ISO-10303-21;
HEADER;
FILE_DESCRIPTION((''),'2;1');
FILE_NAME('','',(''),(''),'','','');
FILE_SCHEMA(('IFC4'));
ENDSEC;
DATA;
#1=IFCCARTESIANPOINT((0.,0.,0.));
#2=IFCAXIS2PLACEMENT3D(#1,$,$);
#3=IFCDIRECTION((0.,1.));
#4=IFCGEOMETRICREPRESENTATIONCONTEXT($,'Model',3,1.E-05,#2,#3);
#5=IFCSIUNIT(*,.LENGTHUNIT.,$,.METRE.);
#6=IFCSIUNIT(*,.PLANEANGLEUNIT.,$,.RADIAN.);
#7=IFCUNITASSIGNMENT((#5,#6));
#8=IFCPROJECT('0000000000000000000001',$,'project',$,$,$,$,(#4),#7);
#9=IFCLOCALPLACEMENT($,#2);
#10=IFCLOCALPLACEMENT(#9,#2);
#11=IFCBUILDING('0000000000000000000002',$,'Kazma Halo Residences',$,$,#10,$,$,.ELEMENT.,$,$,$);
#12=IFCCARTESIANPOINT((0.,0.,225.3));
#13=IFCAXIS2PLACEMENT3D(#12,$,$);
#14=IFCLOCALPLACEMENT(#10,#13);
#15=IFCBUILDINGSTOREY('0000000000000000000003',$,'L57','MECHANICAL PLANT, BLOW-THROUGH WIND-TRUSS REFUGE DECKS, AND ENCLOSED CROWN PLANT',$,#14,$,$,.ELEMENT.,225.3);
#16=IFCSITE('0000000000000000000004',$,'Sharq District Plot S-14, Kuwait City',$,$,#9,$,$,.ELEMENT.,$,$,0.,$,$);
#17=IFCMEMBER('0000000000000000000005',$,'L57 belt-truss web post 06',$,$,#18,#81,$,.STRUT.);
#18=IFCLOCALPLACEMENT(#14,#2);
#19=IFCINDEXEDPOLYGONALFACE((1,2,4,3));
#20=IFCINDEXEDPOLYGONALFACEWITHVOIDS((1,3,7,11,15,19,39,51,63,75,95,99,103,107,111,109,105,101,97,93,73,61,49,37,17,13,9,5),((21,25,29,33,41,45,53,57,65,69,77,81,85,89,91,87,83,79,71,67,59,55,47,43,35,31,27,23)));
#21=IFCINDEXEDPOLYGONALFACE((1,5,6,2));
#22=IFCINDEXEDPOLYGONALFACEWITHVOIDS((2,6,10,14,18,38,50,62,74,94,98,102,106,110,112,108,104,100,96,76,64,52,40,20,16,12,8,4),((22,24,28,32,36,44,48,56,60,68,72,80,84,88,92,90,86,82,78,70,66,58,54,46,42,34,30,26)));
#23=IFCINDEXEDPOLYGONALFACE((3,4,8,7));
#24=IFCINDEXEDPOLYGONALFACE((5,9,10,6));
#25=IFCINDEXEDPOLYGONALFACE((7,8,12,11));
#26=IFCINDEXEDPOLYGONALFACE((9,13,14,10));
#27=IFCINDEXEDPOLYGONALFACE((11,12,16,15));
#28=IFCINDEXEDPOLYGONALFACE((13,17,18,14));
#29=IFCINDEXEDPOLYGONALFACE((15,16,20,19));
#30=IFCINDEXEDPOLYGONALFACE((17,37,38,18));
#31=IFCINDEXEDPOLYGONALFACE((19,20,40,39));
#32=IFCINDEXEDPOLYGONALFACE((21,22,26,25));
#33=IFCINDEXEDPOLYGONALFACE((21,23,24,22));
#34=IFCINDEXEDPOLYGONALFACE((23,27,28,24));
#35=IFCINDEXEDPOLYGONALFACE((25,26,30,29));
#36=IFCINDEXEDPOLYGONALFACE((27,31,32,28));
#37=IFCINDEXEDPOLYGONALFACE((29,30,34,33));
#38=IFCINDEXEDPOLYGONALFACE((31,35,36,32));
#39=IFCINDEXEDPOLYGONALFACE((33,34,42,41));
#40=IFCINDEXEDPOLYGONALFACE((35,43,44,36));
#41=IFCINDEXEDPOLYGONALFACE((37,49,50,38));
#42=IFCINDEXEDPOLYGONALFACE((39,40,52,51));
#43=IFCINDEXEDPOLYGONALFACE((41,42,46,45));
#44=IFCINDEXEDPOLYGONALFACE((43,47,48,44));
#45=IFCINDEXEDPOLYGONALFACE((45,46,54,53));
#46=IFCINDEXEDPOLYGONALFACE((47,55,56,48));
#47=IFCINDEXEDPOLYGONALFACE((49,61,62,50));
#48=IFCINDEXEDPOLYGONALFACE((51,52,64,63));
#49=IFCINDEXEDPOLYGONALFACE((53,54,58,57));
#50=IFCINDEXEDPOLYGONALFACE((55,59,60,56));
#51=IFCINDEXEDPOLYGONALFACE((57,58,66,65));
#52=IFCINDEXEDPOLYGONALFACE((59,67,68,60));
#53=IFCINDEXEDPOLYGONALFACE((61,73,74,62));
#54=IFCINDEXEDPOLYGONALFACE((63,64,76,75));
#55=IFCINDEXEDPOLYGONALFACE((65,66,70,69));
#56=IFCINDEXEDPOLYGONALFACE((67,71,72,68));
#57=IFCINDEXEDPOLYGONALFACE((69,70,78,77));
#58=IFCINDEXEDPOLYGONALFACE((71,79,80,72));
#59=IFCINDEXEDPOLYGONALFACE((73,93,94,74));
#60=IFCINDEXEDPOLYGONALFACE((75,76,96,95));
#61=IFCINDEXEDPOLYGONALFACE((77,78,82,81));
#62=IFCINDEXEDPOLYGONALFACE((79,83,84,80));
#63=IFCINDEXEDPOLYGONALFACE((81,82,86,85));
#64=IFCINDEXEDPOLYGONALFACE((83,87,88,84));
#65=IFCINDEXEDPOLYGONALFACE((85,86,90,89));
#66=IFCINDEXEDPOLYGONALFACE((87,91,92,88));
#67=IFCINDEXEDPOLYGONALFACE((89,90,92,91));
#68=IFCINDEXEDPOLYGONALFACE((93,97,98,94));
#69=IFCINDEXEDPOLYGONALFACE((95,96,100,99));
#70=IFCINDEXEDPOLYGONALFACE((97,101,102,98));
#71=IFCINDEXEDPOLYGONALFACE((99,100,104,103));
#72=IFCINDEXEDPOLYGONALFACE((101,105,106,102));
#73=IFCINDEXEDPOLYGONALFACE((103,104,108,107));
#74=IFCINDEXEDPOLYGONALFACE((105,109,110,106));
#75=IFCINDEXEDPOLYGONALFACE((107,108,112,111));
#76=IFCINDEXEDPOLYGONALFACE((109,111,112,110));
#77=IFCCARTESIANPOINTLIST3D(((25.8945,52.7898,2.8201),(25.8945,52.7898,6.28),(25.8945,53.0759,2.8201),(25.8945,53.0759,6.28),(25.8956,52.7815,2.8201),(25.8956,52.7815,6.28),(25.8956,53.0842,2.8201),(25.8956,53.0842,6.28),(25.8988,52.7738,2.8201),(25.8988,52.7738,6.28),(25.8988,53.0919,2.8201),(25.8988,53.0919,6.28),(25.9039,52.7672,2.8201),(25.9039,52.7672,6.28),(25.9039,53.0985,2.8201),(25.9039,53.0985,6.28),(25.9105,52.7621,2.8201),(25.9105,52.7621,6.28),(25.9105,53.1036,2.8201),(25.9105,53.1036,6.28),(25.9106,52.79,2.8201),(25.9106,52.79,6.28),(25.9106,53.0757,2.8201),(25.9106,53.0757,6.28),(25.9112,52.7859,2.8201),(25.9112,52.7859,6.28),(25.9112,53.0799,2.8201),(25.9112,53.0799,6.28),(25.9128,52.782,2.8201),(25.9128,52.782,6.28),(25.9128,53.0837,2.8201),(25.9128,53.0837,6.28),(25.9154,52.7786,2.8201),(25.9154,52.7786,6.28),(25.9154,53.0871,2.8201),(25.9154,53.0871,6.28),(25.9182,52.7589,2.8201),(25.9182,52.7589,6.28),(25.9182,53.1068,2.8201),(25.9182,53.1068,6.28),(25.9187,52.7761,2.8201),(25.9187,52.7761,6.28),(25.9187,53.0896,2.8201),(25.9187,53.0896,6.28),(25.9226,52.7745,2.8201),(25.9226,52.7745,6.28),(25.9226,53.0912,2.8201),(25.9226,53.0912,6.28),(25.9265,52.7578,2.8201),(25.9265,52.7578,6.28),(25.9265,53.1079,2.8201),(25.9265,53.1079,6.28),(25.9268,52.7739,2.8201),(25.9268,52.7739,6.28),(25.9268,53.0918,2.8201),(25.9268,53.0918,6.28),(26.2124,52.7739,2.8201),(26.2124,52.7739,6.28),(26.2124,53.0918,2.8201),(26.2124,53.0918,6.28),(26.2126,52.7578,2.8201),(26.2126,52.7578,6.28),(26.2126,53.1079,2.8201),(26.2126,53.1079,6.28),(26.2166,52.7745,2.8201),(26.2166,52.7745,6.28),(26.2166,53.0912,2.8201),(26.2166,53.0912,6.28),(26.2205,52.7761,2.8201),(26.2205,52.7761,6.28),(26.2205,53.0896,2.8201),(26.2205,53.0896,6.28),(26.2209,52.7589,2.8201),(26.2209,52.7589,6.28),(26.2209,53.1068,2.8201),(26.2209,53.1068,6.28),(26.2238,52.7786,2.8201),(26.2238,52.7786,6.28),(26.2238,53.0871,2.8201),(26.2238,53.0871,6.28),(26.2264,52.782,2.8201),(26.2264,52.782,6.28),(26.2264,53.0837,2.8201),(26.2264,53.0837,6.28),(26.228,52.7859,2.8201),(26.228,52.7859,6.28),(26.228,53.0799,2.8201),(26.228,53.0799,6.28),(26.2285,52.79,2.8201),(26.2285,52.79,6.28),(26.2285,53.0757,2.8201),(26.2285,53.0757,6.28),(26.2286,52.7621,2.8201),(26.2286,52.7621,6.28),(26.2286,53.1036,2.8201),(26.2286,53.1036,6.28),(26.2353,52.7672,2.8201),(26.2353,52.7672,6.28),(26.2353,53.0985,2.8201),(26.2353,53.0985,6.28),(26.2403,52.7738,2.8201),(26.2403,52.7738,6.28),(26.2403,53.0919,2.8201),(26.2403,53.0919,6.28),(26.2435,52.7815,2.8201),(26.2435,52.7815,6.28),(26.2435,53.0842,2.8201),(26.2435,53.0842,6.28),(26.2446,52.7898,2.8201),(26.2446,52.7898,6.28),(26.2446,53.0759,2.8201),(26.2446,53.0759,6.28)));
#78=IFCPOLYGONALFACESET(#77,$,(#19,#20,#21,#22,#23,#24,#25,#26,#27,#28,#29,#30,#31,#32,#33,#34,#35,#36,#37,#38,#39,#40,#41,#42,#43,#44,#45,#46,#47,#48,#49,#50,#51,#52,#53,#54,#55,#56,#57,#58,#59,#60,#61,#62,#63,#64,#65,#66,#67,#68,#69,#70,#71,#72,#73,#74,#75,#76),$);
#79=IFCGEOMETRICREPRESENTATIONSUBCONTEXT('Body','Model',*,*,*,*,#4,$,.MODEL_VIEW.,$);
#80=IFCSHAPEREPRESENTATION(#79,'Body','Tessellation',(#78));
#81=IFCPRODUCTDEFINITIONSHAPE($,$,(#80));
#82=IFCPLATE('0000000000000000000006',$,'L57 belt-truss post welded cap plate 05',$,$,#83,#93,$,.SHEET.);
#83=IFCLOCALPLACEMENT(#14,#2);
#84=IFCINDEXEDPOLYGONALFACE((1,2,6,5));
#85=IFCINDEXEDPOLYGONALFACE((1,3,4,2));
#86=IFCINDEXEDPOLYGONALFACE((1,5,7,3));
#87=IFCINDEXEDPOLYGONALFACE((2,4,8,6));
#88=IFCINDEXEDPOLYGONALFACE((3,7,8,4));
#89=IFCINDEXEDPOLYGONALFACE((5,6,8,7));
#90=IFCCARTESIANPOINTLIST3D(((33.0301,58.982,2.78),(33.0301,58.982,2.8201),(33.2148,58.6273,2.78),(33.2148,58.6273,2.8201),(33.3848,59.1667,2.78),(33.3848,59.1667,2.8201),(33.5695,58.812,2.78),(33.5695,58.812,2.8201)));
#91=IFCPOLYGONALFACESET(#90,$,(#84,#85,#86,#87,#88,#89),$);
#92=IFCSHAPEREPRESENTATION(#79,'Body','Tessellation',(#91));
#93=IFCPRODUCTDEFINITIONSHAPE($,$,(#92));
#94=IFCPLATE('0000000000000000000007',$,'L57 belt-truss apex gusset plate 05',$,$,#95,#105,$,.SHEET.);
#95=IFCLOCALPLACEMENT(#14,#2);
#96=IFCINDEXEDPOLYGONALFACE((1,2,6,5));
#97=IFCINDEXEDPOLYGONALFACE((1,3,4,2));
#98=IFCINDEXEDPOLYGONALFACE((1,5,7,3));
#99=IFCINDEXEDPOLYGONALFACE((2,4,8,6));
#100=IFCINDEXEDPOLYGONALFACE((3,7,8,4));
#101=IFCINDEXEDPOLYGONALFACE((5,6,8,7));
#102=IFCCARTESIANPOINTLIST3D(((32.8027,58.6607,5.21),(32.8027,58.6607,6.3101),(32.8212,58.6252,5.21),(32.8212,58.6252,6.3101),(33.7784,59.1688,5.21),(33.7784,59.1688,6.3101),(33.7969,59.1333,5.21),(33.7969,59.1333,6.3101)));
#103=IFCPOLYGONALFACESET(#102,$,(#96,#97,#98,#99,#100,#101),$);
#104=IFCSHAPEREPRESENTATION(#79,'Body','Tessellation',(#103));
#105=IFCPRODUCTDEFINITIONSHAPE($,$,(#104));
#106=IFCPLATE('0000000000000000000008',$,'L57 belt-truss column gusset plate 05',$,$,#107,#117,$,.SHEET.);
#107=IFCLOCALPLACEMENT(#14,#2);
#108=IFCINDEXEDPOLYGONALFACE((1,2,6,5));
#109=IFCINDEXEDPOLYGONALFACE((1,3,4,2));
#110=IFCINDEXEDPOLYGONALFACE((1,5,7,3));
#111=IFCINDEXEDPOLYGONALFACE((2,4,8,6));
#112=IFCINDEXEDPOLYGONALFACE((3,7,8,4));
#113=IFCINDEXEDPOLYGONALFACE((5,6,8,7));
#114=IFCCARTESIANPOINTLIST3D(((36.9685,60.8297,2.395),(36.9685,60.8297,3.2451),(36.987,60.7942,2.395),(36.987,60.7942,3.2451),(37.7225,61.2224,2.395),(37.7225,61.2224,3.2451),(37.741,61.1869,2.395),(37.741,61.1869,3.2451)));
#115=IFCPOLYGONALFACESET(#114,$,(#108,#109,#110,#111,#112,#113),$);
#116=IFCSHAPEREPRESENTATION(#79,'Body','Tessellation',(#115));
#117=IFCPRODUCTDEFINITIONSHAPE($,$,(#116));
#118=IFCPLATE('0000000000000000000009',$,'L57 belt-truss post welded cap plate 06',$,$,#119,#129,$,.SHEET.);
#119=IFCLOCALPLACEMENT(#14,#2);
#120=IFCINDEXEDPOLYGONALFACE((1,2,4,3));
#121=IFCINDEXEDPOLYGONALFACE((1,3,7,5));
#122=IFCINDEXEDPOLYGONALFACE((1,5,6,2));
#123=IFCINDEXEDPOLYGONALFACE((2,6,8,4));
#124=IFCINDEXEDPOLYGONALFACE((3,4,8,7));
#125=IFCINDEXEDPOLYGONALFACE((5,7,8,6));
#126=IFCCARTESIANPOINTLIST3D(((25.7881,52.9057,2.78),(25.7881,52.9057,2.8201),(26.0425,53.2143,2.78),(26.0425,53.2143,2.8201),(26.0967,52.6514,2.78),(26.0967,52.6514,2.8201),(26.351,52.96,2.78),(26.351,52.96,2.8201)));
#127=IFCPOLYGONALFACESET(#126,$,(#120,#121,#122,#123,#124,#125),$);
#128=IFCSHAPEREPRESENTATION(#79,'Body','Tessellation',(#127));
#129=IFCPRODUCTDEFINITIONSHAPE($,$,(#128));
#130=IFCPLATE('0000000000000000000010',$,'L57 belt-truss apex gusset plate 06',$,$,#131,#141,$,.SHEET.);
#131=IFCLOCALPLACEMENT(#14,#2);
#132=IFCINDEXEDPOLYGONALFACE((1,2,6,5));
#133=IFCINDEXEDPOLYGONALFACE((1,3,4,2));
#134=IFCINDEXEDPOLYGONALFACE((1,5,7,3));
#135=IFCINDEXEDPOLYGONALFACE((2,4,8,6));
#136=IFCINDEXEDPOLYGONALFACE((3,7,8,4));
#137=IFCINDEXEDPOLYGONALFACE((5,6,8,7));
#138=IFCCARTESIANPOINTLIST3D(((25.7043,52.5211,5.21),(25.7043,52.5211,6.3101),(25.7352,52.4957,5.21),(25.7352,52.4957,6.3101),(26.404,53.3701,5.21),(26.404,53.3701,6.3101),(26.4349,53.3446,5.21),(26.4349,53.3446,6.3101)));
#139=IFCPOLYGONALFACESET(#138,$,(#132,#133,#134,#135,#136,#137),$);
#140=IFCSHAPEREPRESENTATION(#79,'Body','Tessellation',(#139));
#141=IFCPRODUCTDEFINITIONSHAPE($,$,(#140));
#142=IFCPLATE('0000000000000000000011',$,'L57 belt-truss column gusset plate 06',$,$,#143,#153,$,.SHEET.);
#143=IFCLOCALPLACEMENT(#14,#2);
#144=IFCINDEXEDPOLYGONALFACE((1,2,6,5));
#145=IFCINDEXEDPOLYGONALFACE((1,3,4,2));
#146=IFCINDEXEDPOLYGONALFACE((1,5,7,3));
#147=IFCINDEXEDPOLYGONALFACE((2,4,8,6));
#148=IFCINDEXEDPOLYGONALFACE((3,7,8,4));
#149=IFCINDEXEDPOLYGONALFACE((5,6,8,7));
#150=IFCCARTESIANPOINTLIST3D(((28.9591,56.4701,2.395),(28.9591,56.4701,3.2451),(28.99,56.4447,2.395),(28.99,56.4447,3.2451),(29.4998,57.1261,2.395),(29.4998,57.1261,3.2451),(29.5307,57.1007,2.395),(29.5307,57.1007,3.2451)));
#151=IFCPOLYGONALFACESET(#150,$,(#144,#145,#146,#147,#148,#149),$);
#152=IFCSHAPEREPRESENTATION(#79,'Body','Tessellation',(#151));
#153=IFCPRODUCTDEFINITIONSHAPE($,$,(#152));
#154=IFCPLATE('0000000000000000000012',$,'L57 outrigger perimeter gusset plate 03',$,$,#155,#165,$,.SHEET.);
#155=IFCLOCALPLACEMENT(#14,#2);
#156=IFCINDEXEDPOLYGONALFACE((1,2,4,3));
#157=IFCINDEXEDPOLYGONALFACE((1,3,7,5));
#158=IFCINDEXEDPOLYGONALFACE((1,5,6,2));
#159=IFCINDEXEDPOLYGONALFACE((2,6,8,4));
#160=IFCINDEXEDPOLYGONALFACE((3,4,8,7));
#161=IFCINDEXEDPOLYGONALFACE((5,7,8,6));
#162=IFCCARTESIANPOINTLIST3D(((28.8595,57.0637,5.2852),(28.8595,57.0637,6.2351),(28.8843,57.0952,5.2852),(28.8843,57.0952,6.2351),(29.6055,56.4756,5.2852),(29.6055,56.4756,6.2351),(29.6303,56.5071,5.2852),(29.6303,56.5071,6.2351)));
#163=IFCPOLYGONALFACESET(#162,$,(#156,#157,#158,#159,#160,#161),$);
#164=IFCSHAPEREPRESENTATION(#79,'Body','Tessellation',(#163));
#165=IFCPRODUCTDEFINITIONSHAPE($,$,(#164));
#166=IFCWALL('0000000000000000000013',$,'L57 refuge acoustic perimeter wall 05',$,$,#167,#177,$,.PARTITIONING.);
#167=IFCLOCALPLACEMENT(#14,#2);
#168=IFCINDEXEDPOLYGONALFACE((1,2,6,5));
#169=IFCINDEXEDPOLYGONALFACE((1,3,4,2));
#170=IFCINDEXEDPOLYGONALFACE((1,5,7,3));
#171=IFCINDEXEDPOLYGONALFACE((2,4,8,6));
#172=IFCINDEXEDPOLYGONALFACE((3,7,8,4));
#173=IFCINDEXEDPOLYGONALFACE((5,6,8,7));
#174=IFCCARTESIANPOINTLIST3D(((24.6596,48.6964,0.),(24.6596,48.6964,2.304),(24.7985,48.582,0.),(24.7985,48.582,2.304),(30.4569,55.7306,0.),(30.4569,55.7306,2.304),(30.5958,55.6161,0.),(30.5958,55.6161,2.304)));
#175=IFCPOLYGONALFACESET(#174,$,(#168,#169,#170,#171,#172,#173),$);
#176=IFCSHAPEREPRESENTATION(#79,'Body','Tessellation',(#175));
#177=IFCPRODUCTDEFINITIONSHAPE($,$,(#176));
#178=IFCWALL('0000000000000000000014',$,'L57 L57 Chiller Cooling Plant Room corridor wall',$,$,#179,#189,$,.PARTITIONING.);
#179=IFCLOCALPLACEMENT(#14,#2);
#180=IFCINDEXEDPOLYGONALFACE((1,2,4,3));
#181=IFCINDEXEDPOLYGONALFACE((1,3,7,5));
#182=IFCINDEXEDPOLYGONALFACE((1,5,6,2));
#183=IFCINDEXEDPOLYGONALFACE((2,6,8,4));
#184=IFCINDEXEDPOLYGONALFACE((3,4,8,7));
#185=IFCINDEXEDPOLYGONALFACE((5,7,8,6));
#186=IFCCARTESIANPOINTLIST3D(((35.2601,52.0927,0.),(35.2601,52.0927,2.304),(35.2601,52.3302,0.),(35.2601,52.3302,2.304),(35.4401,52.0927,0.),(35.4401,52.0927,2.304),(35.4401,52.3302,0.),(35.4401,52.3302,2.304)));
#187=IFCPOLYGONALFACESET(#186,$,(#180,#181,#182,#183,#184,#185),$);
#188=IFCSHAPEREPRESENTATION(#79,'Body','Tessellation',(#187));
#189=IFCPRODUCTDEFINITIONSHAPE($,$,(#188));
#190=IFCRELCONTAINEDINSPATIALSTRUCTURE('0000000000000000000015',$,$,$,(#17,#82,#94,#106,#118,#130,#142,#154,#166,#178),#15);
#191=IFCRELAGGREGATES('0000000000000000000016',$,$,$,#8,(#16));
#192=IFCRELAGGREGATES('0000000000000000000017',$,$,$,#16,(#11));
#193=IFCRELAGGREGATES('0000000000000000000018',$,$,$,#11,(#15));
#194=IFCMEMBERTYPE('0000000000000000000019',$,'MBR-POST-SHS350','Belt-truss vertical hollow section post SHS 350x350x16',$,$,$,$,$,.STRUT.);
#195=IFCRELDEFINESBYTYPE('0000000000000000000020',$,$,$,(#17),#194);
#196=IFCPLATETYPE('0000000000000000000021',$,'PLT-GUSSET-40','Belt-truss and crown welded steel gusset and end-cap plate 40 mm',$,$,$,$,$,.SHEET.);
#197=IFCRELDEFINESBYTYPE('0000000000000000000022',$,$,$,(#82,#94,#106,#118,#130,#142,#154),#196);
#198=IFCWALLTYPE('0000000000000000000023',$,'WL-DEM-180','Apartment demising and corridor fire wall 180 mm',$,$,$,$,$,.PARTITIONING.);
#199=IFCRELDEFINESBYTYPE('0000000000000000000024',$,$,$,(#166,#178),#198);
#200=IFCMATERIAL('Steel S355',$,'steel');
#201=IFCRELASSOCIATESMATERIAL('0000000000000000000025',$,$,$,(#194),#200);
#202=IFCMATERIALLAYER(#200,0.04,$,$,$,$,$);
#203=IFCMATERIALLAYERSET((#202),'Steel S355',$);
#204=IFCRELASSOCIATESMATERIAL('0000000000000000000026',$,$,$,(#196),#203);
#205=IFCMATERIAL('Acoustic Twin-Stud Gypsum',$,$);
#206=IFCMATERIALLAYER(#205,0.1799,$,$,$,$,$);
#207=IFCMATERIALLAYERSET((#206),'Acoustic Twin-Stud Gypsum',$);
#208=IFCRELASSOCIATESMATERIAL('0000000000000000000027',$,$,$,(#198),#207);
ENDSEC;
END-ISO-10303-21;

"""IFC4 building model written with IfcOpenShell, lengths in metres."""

from ifc_helpers import new_model, si_unit, direction, frame, frame_2d, origin, origin_2d, place, context, subcontext, project, spatial, rectangle, hollow_rectangle, extrude, material, layer, layer_set, material_profile, profile_set, type_object, element, save


model = new_model("IFC4")

# Units and contexts
model_context = context("Model", 3, precision=1e-05, world=origin(), true_north=direction((0.0, 1.0)))
body_context = subcontext(model_context, "Body", "Model", "MODEL_VIEW")
ifc_project = project(units=[si_unit("LENGTHUNIT", "METRE"), si_unit("PLANEANGLEUNIT", "RADIAN")], contexts=[model_context])

# Site, building, storey
site_placement = place(None, origin())
site = spatial("IfcSite", under=ifc_project, at=site_placement, Name="Sharq District Plot S-14, Kuwait City", CompositionType="ELEMENT", RefElevation=0.0)
building_placement = place(site_placement, origin())
building = spatial("IfcBuilding", under=site, at=building_placement, Name="Kazma Halo Residences", CompositionType="ELEMENT")
storey_placement = place(building_placement, frame((0.0, 0.0, 225.3)))
storey = spatial("IfcBuildingStorey", under=building, at=storey_placement, Name="L57", Description="MECHANICAL PLANT, BLOW-THROUGH WIND-TRUSS REFUGE DECKS, AND ENCLOSED CROWN PLANT", CompositionType="ELEMENT", Elevation=225.3)

# Shared definitions
ifc_material_1 = material(Name="Steel S355", Category="steel")

# Member
ifc_material_profile_1 = material_profile(ifc_material_1, hollow_rectangle(XDim=0.3501, YDim=0.3501, WallThickness=0.0161, InnerFilletRadius=0.0161, OuterFilletRadius=0.032, at=origin_2d()), Name="SHS350x350x16")
ifc_profile_set_1 = profile_set([ifc_material_profile_1], Name="Steel S355")
member_type_1 = type_object("IfcMemberType", Name="MBR-POST-SHS350", Description="Belt-truss vertical hollow section post SHS 350x350x16", PredefinedType="STRUT", material=ifc_profile_set_1)
for number, where, z_axis, x_axis, name in (
    (1, (26.0696, 52.9329, 2.8201), (0.0, 0.0, 1.0), (1.0, 0.0, 0.0), "L57 belt-truss web post 06"),
):
    element("IfcMember", number, at=place(storey_placement, frame(where, z_axis=z_axis, x_axis=x_axis)), inside=storey, type_object=member_type_1, Name=name, PredefinedType="STRUT", context=body_context, shape_type="SweptSolid", body=[
        extrude(hollow_rectangle(XDim=0.3501, YDim=0.3501, WallThickness=0.0161, InnerFilletRadius=0.0161, OuterFilletRadius=0.032, at=origin_2d()), origin(), (0.0, 0.0, 1.0), 3.46),
    ])

# Plates
ifc_layer_1 = layer(ifc_material_1, 0.04)
ifc_layer_set_1 = layer_set([ifc_layer_1], Name="Steel S355")
plate_type = type_object("IfcPlateType", Name="PLT-GUSSET-40", Description="Belt-truss and crown welded steel gusset and end-cap plate 40 mm", PredefinedType="SHEET", material=ifc_layer_set_1)
plate_1_placement = place(storey_placement, frame((33.2998, 58.897, 2.78), z_axis=(0.0, 0.0, 1.0), x_axis=(-0.88695, -0.461865, 0.0)))
element("IfcPlate", 2, at=plate_1_placement, inside=storey, type_object=plate_type, Name="L57 belt-truss post welded cap plate 05", PredefinedType="SHEET", context=body_context, shape_type="SweptSolid", body=[
    extrude(rectangle(XDim=0.3999, YDim=0.3999, at=origin_2d()), origin(), (0.0, 0.0, 1.0), 0.04),
])
plate_2_placement = place(storey_placement, frame((33.2998, 58.897, 5.21), z_axis=(0.0, 0.0, 1.0), x_axis=(-0.88695, -0.461865, 0.0)))
element("IfcPlate", 3, at=plate_2_placement, inside=storey, type_object=plate_type, Name="L57 belt-truss apex gusset plate 05", PredefinedType="SHEET", context=body_context, shape_type="SweptSolid", body=[
    extrude(rectangle(XDim=1.1001, YDim=0.04, at=origin_2d()), origin(), (0.0, 0.0, 1.0), 1.1001),
])
plate_3_placement = place(storey_placement, frame((37.3547, 61.0083, 2.395), z_axis=(0.0, 0.0, 1.0), x_axis=(-0.88695, -0.461865, 0.0)))
element("IfcPlate", 4, at=plate_3_placement, inside=storey, type_object=plate_type, Name="L57 belt-truss column gusset plate 05", PredefinedType="SHEET", context=body_context, shape_type="SweptSolid", body=[
    extrude(rectangle(XDim=0.8501, YDim=0.04, at=origin_2d()), origin(), (0.0, 0.0, 1.0), 0.8501),
])
plate_4_placement = place(storey_placement, frame((26.0696, 52.9329, 2.78), z_axis=(0.0, 0.0, 1.0), x_axis=(-0.636011, -0.77168, 0.0)))
element("IfcPlate", 5, at=plate_4_placement, inside=storey, type_object=plate_type, Name="L57 belt-truss post welded cap plate 06", PredefinedType="SHEET", context=body_context, shape_type="SweptSolid", body=[
    extrude(rectangle(XDim=0.3999, YDim=0.3999, at=origin_2d()), origin(), (0.0, 0.0, 1.0), 0.04),
])
plate_5_placement = place(storey_placement, frame((26.0696, 52.9329, 5.21), z_axis=(0.0, 0.0, 1.0), x_axis=(-0.636011, -0.77168, 0.0)))
element("IfcPlate", 6, at=plate_5_placement, inside=storey, type_object=plate_type, Name="L57 belt-truss apex gusset plate 06", PredefinedType="SHEET", context=body_context, shape_type="SweptSolid", body=[
    extrude(rectangle(XDim=1.1001, YDim=0.04, at=origin_2d()), origin(), (0.0, 0.0, 1.0), 1.1001),
])
plate_6_placement = place(storey_placement, frame((29.2449, 56.7854, 2.395), z_axis=(0.0, 0.0, 1.0), x_axis=(-0.636011, -0.77168, 0.0)))
element("IfcPlate", 7, at=plate_6_placement, inside=storey, type_object=plate_type, Name="L57 belt-truss column gusset plate 06", PredefinedType="SHEET", context=body_context, shape_type="SweptSolid", body=[
    extrude(rectangle(XDim=0.8501, YDim=0.04, at=origin_2d()), origin(), (0.0, 0.0, 1.0), 0.8501),
])
plate_7_placement = place(storey_placement, frame((29.2449, 56.7854, 5.2852), z_axis=(0.0, 0.0, 1.0), x_axis=(-0.785316, 0.619095, 0.0)))
element("IfcPlate", 8, at=plate_7_placement, inside=storey, type_object=plate_type, Name="L57 outrigger perimeter gusset plate 03", PredefinedType="SHEET", context=body_context, shape_type="SweptSolid", body=[
    extrude(rectangle(XDim=0.95, YDim=0.04, at=origin_2d()), origin(), (0.0, 0.0, 1.0), 0.95),
])

# Walls
ifc_material_2 = material(Name="Acoustic Twin-Stud Gypsum")
ifc_layer_2 = layer(ifc_material_2, 0.1799)
ifc_layer_set_2 = layer_set([ifc_layer_2], Name="Acoustic Twin-Stud Gypsum")
wall_type = type_object("IfcWallType", Name="WL-DEM-180", Description="Apartment demising and corridor fire wall 180 mm", PredefinedType="PARTITIONING", material=ifc_layer_set_2)
wall_1_placement = place(storey_placement, frame((30.5264, 55.6733, 0.0), z_axis=(0.0, 0.0, 1.0), x_axis=(-0.636002, -0.771687, 0.0)))
element("IfcWall", 9, at=wall_1_placement, inside=storey, type_object=wall_type, Name="L57 refuge acoustic perimeter wall 05", PredefinedType="PARTITIONING", context=body_context, shape_type="SweptSolid", body=[
    extrude(rectangle(XDim=9.1152, YDim=0.1799, at=frame_2d((4.5576, 0.0))), origin(), (0.0, 0.0, 1.0), 2.304),
])
wall_2_placement = place(storey_placement, frame((35.3501, 52.3301, 0.0), z_axis=(0.0, 0.0, 1.0), x_axis=(0.0, -1.0, 0.0)))
element("IfcWall", 10, at=wall_2_placement, inside=storey, type_object=wall_type, Name="L57 L57 Chiller Cooling Plant Room corridor wall", PredefinedType="PARTITIONING", context=body_context, shape_type="SweptSolid", body=[
    extrude(rectangle(XDim=0.2375, YDim=0.1799, at=frame_2d((0.1187, 0.0))), origin(), (0.0, 0.0, 1.0), 2.304),
])

save(model, "model.ifc")
